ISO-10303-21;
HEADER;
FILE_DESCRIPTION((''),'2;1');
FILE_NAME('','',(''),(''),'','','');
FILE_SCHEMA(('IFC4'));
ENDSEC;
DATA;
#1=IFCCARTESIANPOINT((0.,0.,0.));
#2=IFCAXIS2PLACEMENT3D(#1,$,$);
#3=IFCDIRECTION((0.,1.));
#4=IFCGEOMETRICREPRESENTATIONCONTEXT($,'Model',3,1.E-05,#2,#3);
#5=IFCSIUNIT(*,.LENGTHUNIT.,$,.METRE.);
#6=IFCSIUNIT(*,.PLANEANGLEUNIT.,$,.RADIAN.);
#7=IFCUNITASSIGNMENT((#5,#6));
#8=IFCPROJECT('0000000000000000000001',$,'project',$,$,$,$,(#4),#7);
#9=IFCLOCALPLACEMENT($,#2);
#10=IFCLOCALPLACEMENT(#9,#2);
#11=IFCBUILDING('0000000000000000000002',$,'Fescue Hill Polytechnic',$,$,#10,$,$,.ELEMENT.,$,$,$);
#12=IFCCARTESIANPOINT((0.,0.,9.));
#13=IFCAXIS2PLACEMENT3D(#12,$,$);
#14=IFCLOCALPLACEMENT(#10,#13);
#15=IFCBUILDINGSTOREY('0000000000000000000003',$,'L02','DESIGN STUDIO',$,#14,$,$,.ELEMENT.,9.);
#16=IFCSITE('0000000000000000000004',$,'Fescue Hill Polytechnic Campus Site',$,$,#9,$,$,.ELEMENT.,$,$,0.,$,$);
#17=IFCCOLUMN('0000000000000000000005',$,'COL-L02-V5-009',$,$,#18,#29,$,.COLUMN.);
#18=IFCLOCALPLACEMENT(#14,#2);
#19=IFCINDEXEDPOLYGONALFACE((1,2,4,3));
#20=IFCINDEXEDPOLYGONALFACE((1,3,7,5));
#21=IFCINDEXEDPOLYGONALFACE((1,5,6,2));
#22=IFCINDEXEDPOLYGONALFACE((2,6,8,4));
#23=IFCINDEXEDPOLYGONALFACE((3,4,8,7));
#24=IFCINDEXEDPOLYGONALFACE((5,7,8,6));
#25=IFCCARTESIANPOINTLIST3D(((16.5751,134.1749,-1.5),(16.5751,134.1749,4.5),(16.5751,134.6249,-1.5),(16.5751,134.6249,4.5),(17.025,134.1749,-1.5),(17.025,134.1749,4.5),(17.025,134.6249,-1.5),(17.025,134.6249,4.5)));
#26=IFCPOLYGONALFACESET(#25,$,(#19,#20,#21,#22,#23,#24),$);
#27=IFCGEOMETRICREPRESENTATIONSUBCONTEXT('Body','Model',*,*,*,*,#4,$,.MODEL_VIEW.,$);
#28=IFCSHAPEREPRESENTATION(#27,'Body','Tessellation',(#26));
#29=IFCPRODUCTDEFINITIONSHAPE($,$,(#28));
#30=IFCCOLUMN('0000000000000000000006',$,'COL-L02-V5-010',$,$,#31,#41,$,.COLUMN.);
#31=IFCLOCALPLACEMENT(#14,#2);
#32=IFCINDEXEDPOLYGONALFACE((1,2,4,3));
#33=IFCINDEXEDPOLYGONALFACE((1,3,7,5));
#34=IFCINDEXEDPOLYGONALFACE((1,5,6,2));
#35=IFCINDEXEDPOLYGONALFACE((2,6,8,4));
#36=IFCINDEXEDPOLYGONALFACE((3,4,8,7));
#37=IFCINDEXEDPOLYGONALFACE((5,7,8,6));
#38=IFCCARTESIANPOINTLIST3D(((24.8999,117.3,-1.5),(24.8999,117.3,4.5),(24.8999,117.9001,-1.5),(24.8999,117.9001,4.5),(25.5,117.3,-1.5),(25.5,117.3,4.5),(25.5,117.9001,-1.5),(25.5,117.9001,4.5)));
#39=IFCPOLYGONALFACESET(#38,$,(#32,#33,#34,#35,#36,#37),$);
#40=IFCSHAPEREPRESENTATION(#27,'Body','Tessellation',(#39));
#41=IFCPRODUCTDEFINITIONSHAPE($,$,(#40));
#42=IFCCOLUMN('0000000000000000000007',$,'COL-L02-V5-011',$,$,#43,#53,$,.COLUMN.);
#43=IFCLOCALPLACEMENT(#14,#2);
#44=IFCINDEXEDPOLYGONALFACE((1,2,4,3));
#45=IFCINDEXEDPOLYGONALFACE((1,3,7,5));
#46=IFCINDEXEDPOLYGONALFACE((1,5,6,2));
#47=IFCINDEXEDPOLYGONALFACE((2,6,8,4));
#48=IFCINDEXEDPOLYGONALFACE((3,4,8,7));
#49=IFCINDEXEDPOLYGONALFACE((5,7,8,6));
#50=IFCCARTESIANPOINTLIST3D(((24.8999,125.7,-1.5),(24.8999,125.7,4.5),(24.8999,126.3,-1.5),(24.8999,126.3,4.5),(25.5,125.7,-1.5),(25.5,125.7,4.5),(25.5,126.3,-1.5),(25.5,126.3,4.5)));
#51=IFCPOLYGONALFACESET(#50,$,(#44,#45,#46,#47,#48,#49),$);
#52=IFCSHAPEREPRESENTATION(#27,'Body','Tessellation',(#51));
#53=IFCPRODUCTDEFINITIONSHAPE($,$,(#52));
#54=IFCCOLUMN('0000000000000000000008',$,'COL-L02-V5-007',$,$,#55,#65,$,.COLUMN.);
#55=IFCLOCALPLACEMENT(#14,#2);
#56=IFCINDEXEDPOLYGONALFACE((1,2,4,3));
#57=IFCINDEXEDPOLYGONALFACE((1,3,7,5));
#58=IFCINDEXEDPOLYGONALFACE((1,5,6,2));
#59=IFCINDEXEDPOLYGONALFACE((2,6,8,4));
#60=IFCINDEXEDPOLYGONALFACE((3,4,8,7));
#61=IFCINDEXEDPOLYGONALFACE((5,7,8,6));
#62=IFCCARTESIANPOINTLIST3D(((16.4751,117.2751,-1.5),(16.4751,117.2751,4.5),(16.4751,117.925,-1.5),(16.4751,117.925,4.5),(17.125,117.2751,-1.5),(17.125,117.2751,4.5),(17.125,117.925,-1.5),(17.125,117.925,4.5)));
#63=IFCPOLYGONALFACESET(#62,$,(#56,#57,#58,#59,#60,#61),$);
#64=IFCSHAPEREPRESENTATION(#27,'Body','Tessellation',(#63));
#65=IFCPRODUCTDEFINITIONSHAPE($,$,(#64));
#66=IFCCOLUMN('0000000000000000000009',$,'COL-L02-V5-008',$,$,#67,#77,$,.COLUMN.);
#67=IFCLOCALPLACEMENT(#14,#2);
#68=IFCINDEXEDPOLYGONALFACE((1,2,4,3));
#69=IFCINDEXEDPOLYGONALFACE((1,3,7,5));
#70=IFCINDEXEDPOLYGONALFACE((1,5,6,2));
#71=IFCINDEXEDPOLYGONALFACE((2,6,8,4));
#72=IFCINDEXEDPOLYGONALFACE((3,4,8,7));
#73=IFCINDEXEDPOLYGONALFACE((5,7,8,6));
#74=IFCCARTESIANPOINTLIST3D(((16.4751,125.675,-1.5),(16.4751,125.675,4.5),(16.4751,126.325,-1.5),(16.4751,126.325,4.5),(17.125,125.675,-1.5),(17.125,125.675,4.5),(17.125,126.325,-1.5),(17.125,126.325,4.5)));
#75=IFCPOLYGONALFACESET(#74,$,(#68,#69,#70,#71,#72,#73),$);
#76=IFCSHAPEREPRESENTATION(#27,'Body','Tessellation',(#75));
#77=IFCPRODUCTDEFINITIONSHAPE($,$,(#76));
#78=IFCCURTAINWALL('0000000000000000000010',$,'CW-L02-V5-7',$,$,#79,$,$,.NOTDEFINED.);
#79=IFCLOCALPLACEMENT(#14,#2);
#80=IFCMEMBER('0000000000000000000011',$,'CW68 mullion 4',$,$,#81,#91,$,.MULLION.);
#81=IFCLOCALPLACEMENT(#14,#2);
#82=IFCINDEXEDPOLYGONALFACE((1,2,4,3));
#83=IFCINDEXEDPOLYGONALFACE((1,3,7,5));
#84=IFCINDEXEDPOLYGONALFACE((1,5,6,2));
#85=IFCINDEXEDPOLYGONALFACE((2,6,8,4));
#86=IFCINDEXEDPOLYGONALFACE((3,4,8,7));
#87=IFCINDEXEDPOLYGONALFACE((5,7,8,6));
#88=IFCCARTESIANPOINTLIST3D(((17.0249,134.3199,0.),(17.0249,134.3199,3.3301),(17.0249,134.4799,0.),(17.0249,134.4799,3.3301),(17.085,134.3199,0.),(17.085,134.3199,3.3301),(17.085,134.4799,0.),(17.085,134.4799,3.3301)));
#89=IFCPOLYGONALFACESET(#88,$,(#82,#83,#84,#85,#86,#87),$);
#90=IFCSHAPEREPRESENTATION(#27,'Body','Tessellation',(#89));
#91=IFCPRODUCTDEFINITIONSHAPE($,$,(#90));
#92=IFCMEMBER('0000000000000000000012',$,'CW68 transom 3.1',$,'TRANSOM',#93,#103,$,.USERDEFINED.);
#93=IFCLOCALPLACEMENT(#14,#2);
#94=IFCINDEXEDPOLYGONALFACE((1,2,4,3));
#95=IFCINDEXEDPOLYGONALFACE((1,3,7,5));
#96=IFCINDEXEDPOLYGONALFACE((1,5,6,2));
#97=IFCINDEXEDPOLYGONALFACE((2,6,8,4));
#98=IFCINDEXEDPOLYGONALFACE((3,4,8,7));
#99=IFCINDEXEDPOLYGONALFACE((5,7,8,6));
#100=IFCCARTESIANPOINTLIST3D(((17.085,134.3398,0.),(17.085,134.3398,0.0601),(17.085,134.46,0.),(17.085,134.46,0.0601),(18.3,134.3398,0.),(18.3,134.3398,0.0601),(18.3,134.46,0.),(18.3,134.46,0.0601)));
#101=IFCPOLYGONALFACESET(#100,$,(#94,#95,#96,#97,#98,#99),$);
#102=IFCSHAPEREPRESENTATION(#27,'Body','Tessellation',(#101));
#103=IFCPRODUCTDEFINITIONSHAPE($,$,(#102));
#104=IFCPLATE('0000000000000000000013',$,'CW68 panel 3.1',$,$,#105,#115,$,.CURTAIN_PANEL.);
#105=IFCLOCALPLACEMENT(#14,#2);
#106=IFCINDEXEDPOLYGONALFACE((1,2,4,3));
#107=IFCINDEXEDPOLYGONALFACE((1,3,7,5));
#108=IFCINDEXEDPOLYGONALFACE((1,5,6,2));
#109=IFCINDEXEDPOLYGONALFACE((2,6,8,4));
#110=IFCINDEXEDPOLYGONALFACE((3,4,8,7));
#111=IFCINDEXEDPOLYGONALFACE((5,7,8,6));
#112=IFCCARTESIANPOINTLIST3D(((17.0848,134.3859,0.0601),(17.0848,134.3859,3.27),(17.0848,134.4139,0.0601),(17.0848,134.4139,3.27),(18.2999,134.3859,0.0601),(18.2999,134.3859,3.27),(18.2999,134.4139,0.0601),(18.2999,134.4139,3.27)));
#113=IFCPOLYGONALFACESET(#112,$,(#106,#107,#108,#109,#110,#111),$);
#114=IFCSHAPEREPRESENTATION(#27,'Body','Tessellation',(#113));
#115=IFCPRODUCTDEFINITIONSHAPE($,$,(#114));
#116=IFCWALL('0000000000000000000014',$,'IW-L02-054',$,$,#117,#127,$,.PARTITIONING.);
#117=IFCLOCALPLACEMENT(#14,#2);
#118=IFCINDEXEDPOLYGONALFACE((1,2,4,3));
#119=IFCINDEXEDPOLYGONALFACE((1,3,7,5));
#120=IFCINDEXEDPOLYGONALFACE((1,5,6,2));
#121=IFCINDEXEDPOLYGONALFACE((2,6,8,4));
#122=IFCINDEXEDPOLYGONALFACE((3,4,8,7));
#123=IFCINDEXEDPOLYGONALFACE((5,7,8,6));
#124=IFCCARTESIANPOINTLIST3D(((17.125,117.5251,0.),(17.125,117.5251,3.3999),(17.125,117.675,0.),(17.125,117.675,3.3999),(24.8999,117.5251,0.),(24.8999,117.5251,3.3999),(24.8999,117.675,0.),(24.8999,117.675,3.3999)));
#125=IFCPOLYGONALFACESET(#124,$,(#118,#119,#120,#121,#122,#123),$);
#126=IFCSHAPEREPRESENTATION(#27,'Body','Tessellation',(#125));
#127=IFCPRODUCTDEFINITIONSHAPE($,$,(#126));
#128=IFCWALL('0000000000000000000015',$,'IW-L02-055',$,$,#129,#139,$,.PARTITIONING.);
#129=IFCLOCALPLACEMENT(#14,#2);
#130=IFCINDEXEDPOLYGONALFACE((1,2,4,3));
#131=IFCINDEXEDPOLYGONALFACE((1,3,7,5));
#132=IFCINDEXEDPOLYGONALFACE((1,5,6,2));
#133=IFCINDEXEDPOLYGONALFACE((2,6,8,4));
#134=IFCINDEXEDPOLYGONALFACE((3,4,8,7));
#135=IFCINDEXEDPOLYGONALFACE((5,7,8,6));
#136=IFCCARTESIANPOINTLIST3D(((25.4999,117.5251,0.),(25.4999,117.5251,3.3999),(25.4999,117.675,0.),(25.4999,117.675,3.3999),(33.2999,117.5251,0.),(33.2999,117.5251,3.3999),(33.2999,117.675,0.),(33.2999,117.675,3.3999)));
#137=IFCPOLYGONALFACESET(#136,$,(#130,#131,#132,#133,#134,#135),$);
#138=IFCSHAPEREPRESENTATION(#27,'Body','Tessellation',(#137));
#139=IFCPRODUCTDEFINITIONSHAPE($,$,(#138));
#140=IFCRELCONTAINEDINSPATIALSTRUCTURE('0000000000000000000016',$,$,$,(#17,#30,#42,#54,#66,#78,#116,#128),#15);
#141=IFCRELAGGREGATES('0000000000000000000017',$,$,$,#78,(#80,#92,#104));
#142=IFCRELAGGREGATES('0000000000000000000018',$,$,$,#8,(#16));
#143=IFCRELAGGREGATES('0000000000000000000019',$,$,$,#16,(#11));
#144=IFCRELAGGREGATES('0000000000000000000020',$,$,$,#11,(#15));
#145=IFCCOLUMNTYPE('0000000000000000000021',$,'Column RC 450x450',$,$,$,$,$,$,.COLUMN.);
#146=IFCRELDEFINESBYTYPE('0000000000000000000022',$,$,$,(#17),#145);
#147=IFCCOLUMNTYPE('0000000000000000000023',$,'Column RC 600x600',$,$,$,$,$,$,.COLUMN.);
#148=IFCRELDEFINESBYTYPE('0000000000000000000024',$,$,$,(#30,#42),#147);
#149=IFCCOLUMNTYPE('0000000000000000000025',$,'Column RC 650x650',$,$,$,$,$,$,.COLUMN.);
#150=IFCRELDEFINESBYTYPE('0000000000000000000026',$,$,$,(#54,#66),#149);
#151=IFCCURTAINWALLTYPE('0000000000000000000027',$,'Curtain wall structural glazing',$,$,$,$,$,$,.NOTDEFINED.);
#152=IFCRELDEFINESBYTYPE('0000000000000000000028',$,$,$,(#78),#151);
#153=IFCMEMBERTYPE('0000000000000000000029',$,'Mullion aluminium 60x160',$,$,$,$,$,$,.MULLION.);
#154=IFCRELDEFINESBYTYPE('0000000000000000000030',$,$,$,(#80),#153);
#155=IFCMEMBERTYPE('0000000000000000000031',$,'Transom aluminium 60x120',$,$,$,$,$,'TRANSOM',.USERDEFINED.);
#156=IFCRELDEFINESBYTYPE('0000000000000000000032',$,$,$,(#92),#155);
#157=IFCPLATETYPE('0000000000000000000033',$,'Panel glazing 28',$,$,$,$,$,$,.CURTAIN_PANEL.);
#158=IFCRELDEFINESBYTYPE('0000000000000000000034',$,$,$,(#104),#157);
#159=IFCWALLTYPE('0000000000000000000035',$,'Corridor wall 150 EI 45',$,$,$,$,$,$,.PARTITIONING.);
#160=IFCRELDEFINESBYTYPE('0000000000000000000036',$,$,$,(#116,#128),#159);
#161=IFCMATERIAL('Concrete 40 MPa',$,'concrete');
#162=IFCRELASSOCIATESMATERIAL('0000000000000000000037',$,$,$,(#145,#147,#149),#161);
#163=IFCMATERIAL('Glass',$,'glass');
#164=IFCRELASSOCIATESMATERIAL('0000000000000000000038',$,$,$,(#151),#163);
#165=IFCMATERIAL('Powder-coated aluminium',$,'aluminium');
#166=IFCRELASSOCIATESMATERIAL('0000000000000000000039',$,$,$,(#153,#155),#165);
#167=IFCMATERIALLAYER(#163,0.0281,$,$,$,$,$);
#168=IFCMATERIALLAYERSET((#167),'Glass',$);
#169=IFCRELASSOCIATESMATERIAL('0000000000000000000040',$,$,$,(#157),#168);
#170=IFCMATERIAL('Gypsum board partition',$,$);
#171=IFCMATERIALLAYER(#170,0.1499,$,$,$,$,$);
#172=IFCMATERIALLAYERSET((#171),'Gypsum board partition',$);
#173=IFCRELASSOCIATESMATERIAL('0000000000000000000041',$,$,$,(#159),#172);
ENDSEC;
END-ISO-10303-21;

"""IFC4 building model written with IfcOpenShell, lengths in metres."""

from ifc_helpers import new_model, si_unit, direction, frame, frame_2d, origin, origin_2d, place, context, subcontext, project, spatial, rectangle, extrude, material, layer, layer_set, material_profile, profile_set, type_object, element, aggregate, save


model = new_model("IFC4")

# Units and contexts
model_context = context("Model", 3, precision=1e-05, world=origin(), true_north=direction((0.0, 1.0)))
body_context = subcontext(model_context, "Body", "Model", "MODEL_VIEW")
ifc_project = project(units=[si_unit("LENGTHUNIT", "METRE"), si_unit("PLANEANGLEUNIT", "RADIAN")], contexts=[model_context])

# Site, building, storey
site_placement = place(None, origin())
site = spatial("IfcSite", under=ifc_project, at=site_placement, Name="Fescue Hill Polytechnic Campus Site", CompositionType="ELEMENT", RefElevation=0.0)
building_placement = place(site_placement, origin())
building = spatial("IfcBuilding", under=site, at=building_placement, Name="Fescue Hill Polytechnic", CompositionType="ELEMENT")
storey_placement = place(building_placement, frame((0.0, 0.0, 9.0)))
storey = spatial("IfcBuildingStorey", under=building, at=storey_placement, Name="L02", Description="DESIGN STUDIO", CompositionType="ELEMENT", Elevation=9.0)

# Columns
ifc_material_1 = material(Name="Concrete 40 MPa", Category="concrete")
ifc_material_profile_1 = material_profile(ifc_material_1, rectangle(XDim=0.45, YDim=0.45, at=origin_2d()), Name="RC 450x450")
ifc_profile_set_1 = profile_set([ifc_material_profile_1], Name="Concrete 40 MPa")
column_type_1 = type_object("IfcColumnType", Name="Column RC 450x450", PredefinedType="COLUMN", material=ifc_profile_set_1)
column_placement = place(storey_placement, frame((16.8, 134.3999, -1.5), z_axis=(0.0, 0.0, 1.0), x_axis=(1.0, 0.0, 0.0)))
element("IfcColumn", 1, at=column_placement, inside=storey, type_object=column_type_1, Name="COL-L02-V5-009", PredefinedType="COLUMN", context=body_context, shape_type="SweptSolid", body=[
    extrude(rectangle(XDim=0.45, YDim=0.45, at=origin_2d()), origin(), (0.0, 0.0, 1.0), 6.0),
])
ifc_material_profile_2 = material_profile(ifc_material_1, rectangle(XDim=0.6001, YDim=0.6001, at=origin_2d()), Name="RC 600x600")
ifc_profile_set_2 = profile_set([ifc_material_profile_2], Name="Concrete 40 MPa")
column_type_2 = type_object("IfcColumnType", Name="Column RC 600x600", PredefinedType="COLUMN", material=ifc_profile_set_2)
for number, where, z_axis, x_axis, name in (
    (2, (25.2, 117.6001, -1.5), (0.0, 0.0, 1.0), (1.0, 0.0, 0.0), "COL-L02-V5-010"),
    (3, (25.2, 126.0, -1.5), (0.0, 0.0, 1.0), (1.0, 0.0, 0.0), "COL-L02-V5-011"),
):
    element("IfcColumn", number, at=place(storey_placement, frame(where, z_axis=z_axis, x_axis=x_axis)), inside=storey, type_object=column_type_2, Name=name, PredefinedType="COLUMN", context=body_context, shape_type="SweptSolid", body=[
        extrude(rectangle(XDim=0.6001, YDim=0.6001, at=origin_2d()), origin(), (0.0, 0.0, 1.0), 6.0),
    ])
ifc_material_profile_3 = material_profile(ifc_material_1, rectangle(XDim=0.6499, YDim=0.6499, at=origin_2d()), Name="RC 650x650")
ifc_profile_set_3 = profile_set([ifc_material_profile_3], Name="Concrete 40 MPa")
column_type_3 = type_object("IfcColumnType", Name="Column RC 650x650", PredefinedType="COLUMN", material=ifc_profile_set_3)
for number, where, z_axis, x_axis, name in (
    (4, (16.8, 117.6001, -1.5), (0.0, 0.0, 1.0), (1.0, 0.0, 0.0), "COL-L02-V5-007"),
    (5, (16.8, 126.0, -1.5), (0.0, 0.0, 1.0), (1.0, 0.0, 0.0), "COL-L02-V5-008"),
):
    element("IfcColumn", number, at=place(storey_placement, frame(where, z_axis=z_axis, x_axis=x_axis)), inside=storey, type_object=column_type_3, Name=name, PredefinedType="COLUMN", context=body_context, shape_type="SweptSolid", body=[
        extrude(rectangle(XDim=0.6499, YDim=0.6499, at=origin_2d()), origin(), (0.0, 0.0, 1.0), 6.0),
    ])

# Curtain wall, members, plate
ifc_material_2 = material(Name="Glass", Category="glass")
curtain_wall_type = type_object("IfcCurtainWallType", Name="Curtain wall structural glazing", PredefinedType="NOTDEFINED", material=ifc_material_2)
curtain_wall_placement = place(storey_placement, origin())
curtain_wall = element("IfcCurtainWall", 6, at=curtain_wall_placement, inside=storey, type_object=curtain_wall_type, Name="CW-L02-V5-7", PredefinedType="NOTDEFINED")
ifc_material_3 = material(Name="Powder-coated aluminium", Category="aluminium")
ifc_material_profile_4 = material_profile(ifc_material_3, rectangle(XDim=0.1599, YDim=0.0601, at=origin_2d()), Name="Mullion aluminium 60x160")
ifc_profile_set_4 = profile_set([ifc_material_profile_4], Name="Powder-coated aluminium")
member_type_1 = type_object("IfcMemberType", Name="Mullion aluminium 60x160", PredefinedType="MULLION", material=ifc_profile_set_4)
member_1_placement = place(storey_placement, frame((17.0549, 134.3999, 0.0), z_axis=(0.0, 0.0, 1.0), x_axis=(0.0, -1.0, 0.0)))
member_1 = element("IfcMember", 7, at=member_1_placement, type_object=member_type_1, Name="CW68 mullion 4", PredefinedType="MULLION", context=body_context, shape_type="SweptSolid", body=[
    extrude(rectangle(XDim=0.1599, YDim=0.0601, at=origin_2d()), origin(), (0.0, 0.0, 1.0), 3.3301),
])
ifc_material_profile_5 = material_profile(ifc_material_3, rectangle(XDim=0.1201, YDim=0.0601, at=origin_2d()), Name="Transom aluminium 60x120")
ifc_profile_set_5 = profile_set([ifc_material_profile_5], Name="Powder-coated aluminium")
member_type_2 = type_object("IfcMemberType", Name="Transom aluminium 60x120", ElementType="TRANSOM", PredefinedType="USERDEFINED", material=ifc_profile_set_5)
member_2_placement = place(storey_placement, frame((18.3, 134.3999, 0.03), z_axis=(-1.0, 0.0, 0.0), x_axis=(0.0, -1.0, 0.0)))
member_2 = element("IfcMember", 8, at=member_2_placement, type_object=member_type_2, Name="CW68 transom 3.1", ObjectType="TRANSOM", PredefinedType="USERDEFINED", context=body_context, shape_type="SweptSolid", body=[
    extrude(rectangle(XDim=0.1201, YDim=0.0601, at=origin_2d()), origin(), (0.0, 0.0, 1.0), 1.2151),
])
ifc_layer_1 = layer(ifc_material_2, 0.0281)
ifc_layer_set_1 = layer_set([ifc_layer_1], Name="Glass")
plate_type = type_object("IfcPlateType", Name="Panel glazing 28", PredefinedType="CURTAIN_PANEL", material=ifc_layer_set_1)
plate_placement = place(storey_placement, frame((17.6924, 134.3999, 0.0601), z_axis=(0.0, 0.0, 1.0), x_axis=(-1.0, 0.0, 0.0)))
plate = element("IfcPlate", 9, at=plate_placement, type_object=plate_type, Name="CW68 panel 3.1", PredefinedType="CURTAIN_PANEL", context=body_context, shape_type="SweptSolid", body=[
    extrude(rectangle(XDim=1.2151, YDim=0.0281, at=origin_2d()), origin(), (0.0, 0.0, 1.0), 3.21),
])
aggregate(curtain_wall, [member_1, member_2, plate])

# Walls
ifc_material_4 = material(Name="Gypsum board partition")
ifc_layer_2 = layer(ifc_material_4, 0.1499)
ifc_layer_set_2 = layer_set([ifc_layer_2], Name="Gypsum board partition")
wall_type_1 = type_object("IfcWallType", Name="Corridor wall 150 EI 45", PredefinedType="PARTITIONING", material=ifc_layer_set_2)
wall_1_placement = place(storey_placement, frame((17.125, 117.6001, 0.0), z_axis=(0.0, 0.0, 1.0), x_axis=(1.0, 0.0, 0.0)))
element("IfcWall", 10, at=wall_1_placement, inside=storey, type_object=wall_type_1, Name="IW-L02-054", PredefinedType="PARTITIONING", context=body_context, shape_type="SweptSolid", body=[
    extrude(rectangle(XDim=7.7749, YDim=0.1499, at=frame_2d((3.8875, 0.0))), origin(), (0.0, 0.0, 1.0), 3.3999),
])
wall_2_placement = place(storey_placement, frame((25.5, 117.6001, 0.0), z_axis=(0.0, 0.0, 1.0), x_axis=(1.0, 0.0, 0.0)))
element("IfcWall", 11, at=wall_2_placement, inside=storey, type_object=wall_type_1, Name="IW-L02-055", PredefinedType="PARTITIONING", context=body_context, shape_type="SweptSolid", body=[
    extrude(rectangle(XDim=7.8, YDim=0.1499, at=frame_2d((3.8999, 0.0))), origin(), (0.0, 0.0, 1.0), 3.3999),
])

save(model, "model.ifc")
